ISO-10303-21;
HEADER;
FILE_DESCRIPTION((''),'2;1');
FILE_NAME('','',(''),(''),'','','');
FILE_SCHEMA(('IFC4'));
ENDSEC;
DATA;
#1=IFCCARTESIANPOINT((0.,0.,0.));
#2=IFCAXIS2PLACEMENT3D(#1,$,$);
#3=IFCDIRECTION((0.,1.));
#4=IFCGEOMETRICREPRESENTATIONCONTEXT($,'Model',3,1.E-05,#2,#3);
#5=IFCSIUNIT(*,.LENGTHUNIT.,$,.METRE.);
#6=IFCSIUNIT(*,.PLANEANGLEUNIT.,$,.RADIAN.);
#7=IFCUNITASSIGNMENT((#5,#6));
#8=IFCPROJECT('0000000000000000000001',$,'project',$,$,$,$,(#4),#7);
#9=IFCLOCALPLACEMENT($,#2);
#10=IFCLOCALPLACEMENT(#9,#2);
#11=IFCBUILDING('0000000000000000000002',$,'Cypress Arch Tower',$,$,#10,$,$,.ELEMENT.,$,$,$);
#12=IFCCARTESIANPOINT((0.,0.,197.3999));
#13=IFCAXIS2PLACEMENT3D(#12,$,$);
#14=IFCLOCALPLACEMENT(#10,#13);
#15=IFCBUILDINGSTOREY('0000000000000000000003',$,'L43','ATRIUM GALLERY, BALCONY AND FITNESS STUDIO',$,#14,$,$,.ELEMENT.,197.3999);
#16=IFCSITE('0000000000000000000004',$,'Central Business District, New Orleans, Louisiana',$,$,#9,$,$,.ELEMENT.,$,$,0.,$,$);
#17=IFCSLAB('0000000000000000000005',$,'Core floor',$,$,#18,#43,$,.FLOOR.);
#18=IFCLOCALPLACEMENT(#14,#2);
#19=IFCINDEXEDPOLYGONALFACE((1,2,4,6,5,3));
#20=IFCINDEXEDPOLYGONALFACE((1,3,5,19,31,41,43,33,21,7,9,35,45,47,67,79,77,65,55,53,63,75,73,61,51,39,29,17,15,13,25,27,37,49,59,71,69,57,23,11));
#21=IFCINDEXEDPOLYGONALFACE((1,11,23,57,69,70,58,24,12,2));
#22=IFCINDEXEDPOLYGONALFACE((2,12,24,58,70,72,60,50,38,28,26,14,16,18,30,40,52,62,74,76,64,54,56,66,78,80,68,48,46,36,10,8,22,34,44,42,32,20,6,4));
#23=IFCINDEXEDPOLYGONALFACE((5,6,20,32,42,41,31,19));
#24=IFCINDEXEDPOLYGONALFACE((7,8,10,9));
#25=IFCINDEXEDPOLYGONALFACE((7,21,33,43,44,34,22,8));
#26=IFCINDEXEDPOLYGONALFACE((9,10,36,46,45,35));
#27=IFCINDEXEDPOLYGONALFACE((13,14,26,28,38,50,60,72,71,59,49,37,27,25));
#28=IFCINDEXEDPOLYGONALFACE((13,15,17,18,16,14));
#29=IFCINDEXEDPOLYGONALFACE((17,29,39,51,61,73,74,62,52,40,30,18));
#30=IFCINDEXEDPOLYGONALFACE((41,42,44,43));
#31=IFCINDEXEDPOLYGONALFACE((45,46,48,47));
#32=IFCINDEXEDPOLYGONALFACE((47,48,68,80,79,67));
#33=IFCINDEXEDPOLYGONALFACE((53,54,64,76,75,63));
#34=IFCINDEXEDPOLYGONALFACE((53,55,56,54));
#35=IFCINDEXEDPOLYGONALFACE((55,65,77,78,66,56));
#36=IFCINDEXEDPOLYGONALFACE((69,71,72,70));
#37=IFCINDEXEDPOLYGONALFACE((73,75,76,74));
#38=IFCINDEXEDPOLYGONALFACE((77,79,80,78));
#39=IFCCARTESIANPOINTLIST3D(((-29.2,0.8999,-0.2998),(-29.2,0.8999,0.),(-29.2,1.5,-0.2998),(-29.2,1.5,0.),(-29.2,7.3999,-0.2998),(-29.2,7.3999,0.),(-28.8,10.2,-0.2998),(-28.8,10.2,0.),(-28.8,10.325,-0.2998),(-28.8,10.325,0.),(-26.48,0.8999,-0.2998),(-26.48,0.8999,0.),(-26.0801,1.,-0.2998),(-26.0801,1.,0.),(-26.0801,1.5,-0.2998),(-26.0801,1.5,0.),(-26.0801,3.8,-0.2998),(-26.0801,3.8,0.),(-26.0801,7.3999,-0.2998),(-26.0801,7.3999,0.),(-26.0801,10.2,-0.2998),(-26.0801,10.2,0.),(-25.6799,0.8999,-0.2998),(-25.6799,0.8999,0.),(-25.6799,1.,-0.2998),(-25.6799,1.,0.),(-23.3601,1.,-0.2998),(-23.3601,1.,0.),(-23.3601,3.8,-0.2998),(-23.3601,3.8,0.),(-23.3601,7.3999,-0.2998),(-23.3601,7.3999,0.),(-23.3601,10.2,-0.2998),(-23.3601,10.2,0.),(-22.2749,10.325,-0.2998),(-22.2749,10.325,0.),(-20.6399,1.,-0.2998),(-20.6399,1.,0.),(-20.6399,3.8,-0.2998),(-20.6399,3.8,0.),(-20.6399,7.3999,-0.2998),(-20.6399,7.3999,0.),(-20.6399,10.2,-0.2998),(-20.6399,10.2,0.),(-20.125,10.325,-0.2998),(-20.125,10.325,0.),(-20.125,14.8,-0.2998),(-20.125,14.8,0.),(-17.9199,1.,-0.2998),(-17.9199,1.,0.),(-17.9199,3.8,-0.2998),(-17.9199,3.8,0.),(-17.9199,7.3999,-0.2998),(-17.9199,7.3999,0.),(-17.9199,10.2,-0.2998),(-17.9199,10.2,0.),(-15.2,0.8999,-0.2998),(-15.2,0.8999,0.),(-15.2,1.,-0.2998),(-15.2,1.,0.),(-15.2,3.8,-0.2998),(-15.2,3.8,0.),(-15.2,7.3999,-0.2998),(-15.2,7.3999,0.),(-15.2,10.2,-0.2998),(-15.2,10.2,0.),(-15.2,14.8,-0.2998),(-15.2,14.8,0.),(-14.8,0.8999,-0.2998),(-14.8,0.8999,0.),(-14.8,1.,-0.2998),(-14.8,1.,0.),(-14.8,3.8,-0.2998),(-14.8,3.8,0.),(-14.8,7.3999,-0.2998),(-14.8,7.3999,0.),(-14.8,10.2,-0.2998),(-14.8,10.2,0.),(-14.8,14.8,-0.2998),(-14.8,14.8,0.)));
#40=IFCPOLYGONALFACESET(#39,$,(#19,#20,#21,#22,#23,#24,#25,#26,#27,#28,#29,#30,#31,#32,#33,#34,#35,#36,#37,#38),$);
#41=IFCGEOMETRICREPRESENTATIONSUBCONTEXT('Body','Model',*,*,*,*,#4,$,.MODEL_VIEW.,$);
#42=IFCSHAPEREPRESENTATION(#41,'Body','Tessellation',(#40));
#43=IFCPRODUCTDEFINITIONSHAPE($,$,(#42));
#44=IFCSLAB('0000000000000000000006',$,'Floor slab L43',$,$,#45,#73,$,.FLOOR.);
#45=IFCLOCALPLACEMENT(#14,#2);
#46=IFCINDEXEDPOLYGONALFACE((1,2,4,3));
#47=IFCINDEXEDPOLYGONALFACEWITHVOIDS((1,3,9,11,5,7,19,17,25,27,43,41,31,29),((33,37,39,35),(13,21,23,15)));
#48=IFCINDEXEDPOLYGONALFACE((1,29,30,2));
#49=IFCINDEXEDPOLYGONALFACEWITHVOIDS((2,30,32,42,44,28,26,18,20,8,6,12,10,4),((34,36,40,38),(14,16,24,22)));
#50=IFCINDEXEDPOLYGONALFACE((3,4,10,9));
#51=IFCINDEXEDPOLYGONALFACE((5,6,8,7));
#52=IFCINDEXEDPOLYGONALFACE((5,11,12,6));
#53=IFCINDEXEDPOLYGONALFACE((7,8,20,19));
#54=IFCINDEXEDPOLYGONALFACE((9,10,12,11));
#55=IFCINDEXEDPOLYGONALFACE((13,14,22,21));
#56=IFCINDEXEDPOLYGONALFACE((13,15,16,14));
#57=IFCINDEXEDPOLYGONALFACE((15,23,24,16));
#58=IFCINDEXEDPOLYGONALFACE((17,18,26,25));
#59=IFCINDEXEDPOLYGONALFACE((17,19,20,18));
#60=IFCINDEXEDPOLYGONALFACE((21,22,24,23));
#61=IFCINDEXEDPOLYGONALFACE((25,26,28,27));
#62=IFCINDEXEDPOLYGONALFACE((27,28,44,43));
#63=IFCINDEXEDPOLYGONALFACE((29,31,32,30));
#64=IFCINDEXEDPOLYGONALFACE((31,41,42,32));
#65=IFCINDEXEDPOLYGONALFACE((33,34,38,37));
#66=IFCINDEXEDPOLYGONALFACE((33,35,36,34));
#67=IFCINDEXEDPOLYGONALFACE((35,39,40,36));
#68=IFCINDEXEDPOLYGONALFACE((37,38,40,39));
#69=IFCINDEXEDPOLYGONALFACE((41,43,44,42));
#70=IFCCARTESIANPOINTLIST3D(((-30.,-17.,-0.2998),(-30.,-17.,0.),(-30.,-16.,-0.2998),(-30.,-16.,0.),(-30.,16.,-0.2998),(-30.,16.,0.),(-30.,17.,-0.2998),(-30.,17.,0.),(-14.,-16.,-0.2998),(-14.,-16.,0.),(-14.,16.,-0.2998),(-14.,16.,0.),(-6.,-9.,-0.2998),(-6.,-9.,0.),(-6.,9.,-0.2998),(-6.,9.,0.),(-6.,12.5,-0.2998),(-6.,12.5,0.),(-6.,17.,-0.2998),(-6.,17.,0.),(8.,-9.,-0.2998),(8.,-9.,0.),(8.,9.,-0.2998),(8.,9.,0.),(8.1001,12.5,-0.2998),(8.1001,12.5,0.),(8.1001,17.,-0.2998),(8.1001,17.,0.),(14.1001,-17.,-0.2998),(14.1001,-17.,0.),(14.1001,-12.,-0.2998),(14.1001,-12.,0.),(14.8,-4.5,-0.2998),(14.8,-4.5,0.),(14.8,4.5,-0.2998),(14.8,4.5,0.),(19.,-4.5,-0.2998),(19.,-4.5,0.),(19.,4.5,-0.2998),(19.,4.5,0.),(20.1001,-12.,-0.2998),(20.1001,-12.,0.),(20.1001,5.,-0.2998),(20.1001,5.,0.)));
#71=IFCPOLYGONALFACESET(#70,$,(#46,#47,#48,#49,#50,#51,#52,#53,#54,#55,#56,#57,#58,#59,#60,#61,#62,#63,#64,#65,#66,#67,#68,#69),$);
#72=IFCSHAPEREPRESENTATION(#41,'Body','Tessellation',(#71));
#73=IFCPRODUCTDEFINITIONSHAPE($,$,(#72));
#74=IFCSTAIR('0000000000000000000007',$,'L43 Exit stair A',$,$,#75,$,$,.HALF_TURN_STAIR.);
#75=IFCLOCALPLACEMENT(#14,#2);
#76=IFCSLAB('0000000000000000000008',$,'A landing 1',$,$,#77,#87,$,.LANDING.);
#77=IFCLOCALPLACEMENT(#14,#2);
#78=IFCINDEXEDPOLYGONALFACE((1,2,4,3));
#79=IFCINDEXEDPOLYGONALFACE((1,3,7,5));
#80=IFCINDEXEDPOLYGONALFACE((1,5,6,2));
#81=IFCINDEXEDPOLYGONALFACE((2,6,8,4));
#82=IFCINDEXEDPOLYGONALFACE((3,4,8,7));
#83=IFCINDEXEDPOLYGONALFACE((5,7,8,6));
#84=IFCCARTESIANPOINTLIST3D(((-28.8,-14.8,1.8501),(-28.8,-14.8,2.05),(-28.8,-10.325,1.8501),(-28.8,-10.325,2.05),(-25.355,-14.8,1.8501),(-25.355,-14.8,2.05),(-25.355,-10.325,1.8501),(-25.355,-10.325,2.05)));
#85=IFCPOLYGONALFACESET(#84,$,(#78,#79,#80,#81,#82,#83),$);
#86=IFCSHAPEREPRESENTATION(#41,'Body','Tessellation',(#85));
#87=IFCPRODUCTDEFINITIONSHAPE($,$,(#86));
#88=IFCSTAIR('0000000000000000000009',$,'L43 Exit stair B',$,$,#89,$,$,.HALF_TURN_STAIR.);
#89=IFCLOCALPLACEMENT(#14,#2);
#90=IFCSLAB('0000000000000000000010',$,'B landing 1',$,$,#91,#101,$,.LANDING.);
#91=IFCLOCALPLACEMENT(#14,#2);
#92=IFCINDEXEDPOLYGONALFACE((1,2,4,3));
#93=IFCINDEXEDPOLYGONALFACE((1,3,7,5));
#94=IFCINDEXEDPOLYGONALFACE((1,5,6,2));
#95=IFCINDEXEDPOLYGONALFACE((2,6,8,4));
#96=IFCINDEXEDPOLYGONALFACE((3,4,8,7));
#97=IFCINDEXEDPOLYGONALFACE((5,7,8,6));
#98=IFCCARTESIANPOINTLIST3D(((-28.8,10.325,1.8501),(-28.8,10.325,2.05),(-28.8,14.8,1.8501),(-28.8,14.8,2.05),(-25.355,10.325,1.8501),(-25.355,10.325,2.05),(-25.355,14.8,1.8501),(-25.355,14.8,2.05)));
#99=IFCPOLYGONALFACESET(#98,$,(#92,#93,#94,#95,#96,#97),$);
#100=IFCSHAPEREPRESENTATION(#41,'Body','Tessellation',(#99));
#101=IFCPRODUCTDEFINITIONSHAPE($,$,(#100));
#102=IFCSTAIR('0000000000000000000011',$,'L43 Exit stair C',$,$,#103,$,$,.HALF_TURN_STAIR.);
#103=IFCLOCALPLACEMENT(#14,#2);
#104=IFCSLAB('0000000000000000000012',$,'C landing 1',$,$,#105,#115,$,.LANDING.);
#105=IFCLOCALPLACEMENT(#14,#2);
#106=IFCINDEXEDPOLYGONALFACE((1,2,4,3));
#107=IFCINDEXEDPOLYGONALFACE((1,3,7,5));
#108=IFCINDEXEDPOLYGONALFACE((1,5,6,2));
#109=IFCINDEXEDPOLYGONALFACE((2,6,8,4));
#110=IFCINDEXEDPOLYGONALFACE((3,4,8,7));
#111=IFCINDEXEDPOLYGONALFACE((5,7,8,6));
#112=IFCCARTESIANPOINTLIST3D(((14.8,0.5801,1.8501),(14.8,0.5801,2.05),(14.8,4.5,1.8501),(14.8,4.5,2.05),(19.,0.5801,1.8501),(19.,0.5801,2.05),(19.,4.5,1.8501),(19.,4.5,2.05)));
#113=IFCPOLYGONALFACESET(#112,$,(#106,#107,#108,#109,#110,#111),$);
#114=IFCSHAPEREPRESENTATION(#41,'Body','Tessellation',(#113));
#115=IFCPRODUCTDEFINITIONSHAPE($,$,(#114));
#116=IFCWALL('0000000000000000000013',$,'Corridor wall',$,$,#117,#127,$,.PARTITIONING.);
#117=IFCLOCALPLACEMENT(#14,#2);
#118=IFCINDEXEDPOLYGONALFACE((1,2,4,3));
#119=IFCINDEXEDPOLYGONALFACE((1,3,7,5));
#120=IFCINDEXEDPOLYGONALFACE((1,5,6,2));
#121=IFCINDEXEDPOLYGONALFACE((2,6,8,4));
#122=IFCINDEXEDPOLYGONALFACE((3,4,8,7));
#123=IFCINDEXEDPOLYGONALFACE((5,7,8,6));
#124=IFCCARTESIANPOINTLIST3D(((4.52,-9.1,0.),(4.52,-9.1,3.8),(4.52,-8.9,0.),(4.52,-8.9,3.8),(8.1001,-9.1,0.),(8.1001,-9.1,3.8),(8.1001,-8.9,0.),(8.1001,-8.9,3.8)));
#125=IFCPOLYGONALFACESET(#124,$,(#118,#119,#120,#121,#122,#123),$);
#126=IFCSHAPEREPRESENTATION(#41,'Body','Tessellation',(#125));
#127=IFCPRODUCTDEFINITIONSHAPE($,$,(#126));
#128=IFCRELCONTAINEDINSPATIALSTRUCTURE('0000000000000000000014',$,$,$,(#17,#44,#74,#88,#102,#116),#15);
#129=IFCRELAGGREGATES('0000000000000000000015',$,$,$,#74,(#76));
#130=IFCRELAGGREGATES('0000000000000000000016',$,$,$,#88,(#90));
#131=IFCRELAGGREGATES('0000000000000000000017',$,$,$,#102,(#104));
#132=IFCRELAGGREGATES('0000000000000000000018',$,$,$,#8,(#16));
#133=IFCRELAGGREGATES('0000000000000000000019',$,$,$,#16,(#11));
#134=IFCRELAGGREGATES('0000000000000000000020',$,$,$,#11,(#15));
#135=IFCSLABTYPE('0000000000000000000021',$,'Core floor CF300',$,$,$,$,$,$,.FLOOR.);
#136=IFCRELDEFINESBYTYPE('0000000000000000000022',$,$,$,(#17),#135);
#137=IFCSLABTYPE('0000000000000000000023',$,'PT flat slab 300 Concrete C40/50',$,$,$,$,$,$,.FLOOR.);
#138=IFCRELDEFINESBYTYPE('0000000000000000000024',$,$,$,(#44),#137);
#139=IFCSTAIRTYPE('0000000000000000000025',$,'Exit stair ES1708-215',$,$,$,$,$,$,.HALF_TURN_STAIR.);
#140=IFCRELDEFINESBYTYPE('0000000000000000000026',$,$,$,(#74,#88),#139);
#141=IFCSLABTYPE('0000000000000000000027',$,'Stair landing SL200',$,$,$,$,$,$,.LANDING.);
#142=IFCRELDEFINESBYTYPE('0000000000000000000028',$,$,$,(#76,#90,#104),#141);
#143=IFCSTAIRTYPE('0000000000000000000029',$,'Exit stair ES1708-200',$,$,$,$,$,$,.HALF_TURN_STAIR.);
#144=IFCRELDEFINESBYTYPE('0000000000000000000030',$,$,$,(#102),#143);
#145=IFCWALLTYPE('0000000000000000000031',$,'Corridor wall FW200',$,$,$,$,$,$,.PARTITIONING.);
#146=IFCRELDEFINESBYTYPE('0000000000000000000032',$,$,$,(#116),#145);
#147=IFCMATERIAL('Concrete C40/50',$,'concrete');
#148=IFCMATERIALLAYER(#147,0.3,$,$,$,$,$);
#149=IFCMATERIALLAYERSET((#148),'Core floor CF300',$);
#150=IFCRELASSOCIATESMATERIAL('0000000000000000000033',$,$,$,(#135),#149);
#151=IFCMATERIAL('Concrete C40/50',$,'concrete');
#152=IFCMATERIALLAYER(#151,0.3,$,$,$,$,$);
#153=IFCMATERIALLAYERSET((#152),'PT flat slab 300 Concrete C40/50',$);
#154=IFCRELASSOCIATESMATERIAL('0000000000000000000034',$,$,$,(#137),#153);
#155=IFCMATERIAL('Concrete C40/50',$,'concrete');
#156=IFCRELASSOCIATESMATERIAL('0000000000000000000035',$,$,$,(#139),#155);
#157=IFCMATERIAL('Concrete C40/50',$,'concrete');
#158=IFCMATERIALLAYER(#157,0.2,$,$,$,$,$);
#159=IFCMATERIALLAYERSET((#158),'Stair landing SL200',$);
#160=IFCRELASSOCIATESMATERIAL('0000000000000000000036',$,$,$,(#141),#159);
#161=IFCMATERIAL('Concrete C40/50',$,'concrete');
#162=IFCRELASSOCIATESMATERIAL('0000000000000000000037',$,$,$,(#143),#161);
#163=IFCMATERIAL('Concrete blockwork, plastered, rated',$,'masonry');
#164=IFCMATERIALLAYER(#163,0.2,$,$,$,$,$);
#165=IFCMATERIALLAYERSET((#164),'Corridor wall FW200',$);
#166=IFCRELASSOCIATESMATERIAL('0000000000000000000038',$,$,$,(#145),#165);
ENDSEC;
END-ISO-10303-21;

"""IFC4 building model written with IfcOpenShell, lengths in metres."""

from ifc_helpers import new_model, si_unit, direction, frame, frame_2d, origin, place, context, subcontext, project, spatial, polyline, rectangle, outline, extrude, material, layer, layer_set, type_object, element, aggregate, save


model = new_model("IFC4")

# Units and contexts
model_context = context("Model", 3, precision=1e-05, world=origin(), true_north=direction((0.0, 1.0)))
body_context = subcontext(model_context, "Body", "Model", "MODEL_VIEW")
ifc_project = project(units=[si_unit("LENGTHUNIT", "METRE"), si_unit("PLANEANGLEUNIT", "RADIAN")], contexts=[model_context])

# Site, building, storey
site_placement = place(None, origin())
site = spatial("IfcSite", under=ifc_project, at=site_placement, Name="Central Business District, New Orleans, Louisiana", CompositionType="ELEMENT", RefElevation=0.0)
building_placement = place(site_placement, origin())
building = spatial("IfcBuilding", under=site, at=building_placement, Name="Cypress Arch Tower", CompositionType="ELEMENT")
storey_placement = place(building_placement, frame((0.0, 0.0, 197.3999)))
storey = spatial("IfcBuildingStorey", under=building, at=storey_placement, Name="L43", Description="ATRIUM GALLERY, BALCONY AND FITNESS STUDIO", CompositionType="ELEMENT", Elevation=197.3999)

# Slabs
ifc_material_1 = material(Name="Concrete C40/50", Category="concrete")
ifc_layer_1 = layer(ifc_material_1, 0.3)
ifc_layer_set_1 = layer_set([ifc_layer_1], Name="Core floor CF300")
slab_type_1 = type_object("IfcSlabType", Name="Core floor CF300", PredefinedType="FLOOR", material=ifc_layer_set_1)
slab_1_placement = place(storey_placement, frame((0.0, 0.0, -0.2998)))
element("IfcSlab", 1, at=slab_1_placement, inside=storey, type_object=slab_type_1, Name="Core floor", PredefinedType="FLOOR", context=body_context, shape_type="SweptSolid", body=[
    extrude(outline(polyline([(-20.6399, 7.3999), (-20.6399, 10.2), (-23.3601, 10.2), (-26.0801, 10.2), (-28.8, 10.2), (-28.8, 10.325), (-22.2749, 10.325), (-20.125, 10.325), (-20.125, 14.8), (-15.2, 14.8), (-14.8, 14.8), (-14.8, 10.2), (-15.2, 10.2), (-17.9199, 10.2), (-17.9199, 7.3999), (-15.2, 7.3999), (-14.8, 7.3999), (-14.8, 3.8), (-15.2, 3.8), (-17.9199, 3.8), (-20.6399, 3.8), (-23.3601, 3.8), (-26.0801, 3.8), (-26.0801, 1.5), (-26.0801, 1.5), (-26.0801, 1.0), (-25.6799, 1.0), (-23.3601, 1.0), (-20.6399, 1.0), (-17.9199, 1.0), (-15.2, 1.0), (-14.8, 1.0), (-14.8, 0.8999), (-15.2, 0.8999), (-25.6799, 0.8999), (-26.48, 0.8999), (-29.2, 0.8999), (-29.2, 1.5), (-29.2, 7.3999), (-26.0801, 7.3999), (-23.3601, 7.3999), (-20.6399, 7.3999)])), origin(), (0.0, 0.0, 1.0), 0.2998),
])
ifc_material_2 = material(Name="Concrete C40/50", Category="concrete")
ifc_layer_2 = layer(ifc_material_2, 0.3)
ifc_layer_set_2 = layer_set([ifc_layer_2], Name="PT flat slab 300 Concrete C40/50")
slab_type_2 = type_object("IfcSlabType", Name="PT flat slab 300 Concrete C40/50", PredefinedType="FLOOR", material=ifc_layer_set_2)
slab_2_placement = place(storey_placement, frame((0.0, 0.0, -0.2998)))
element("IfcSlab", 2, at=slab_2_placement, inside=storey, type_object=slab_type_2, Name="Floor slab L43", PredefinedType="FLOOR", context=body_context, shape_type="SweptSolid", body=[
    extrude(outline(polyline([(-30.0, 17.0), (-6.0, 17.0), (-6.0, 12.5), (8.1001, 12.5), (8.1001, 17.0), (20.1001, 5.0), (20.1001, -12.0), (14.1001, -12.0), (14.1001, -17.0), (-30.0, -17.0), (-30.0, -16.0), (-14.0, -16.0), (-14.0, 16.0), (-30.0, 16.0), (-30.0, 17.0)]), holes=[polyline([(-6.0, -9.0), (8.0, -9.0), (8.0, 9.0), (-6.0, 9.0), (-6.0, -9.0)]), polyline([(14.8, -4.5), (19.0, -4.5), (19.0, 4.5), (14.8, 4.5), (14.8, -4.5)])]), origin(), (0.0, 0.0, 1.0), 0.2998),
])

# Stairs, slabs
ifc_material_3 = material(Name="Concrete C40/50", Category="concrete")
stair_type_1 = type_object("IfcStairType", Name="Exit stair ES1708-215", PredefinedType="HALF_TURN_STAIR", material=ifc_material_3)
stair_1_placement = place(storey_placement, origin())
stair_1 = element("IfcStair", 3, at=stair_1_placement, inside=storey, type_object=stair_type_1, Name="L43 Exit stair A", PredefinedType="HALF_TURN_STAIR")
ifc_material_4 = material(Name="Concrete C40/50", Category="concrete")
ifc_layer_3 = layer(ifc_material_4, 0.2)
ifc_layer_set_3 = layer_set([ifc_layer_3], Name="Stair landing SL200")
slab_type_3 = type_object("IfcSlabType", Name="Stair landing SL200", PredefinedType="LANDING", material=ifc_layer_set_3)
slab_3_placement = place(storey_placement, frame((0.0, 0.0, 1.8501)))
slab_3 = element("IfcSlab", 4, at=slab_3_placement, type_object=slab_type_3, Name="A landing 1", PredefinedType="LANDING", context=body_context, shape_type="SweptSolid", body=[
    extrude(outline(polyline([(-25.355, -10.325), (-28.8, -10.325), (-28.8, -14.8), (-25.355, -14.8), (-25.355, -10.325)])), origin(), (0.0, 0.0, 1.0), 0.2),
])
aggregate(stair_1, [slab_3])
stair_2_placement = place(storey_placement, origin())
stair_2 = element("IfcStair", 5, at=stair_2_placement, inside=storey, type_object=stair_type_1, Name="L43 Exit stair B", PredefinedType="HALF_TURN_STAIR")
slab_4_placement = place(storey_placement, frame((0.0, 0.0, 1.8501)))
slab_4 = element("IfcSlab", 6, at=slab_4_placement, type_object=slab_type_3, Name="B landing 1", PredefinedType="LANDING", context=body_context, shape_type="SweptSolid", body=[
    extrude(outline(polyline([(-25.355, 14.8), (-28.8, 14.8), (-28.8, 10.325), (-25.355, 10.325), (-25.355, 14.8)])), origin(), (0.0, 0.0, 1.0), 0.2),
])
aggregate(stair_2, [slab_4])
ifc_material_5 = material(Name="Concrete C40/50", Category="concrete")
stair_type_2 = type_object("IfcStairType", Name="Exit stair ES1708-200", PredefinedType="HALF_TURN_STAIR", material=ifc_material_5)
stair_3_placement = place(storey_placement, origin())
stair_3 = element("IfcStair", 7, at=stair_3_placement, inside=storey, type_object=stair_type_2, Name="L43 Exit stair C", PredefinedType="HALF_TURN_STAIR")
slab_5_placement = place(storey_placement, frame((0.0, 0.0, 1.8501)))
slab_5 = element("IfcSlab", 8, at=slab_5_placement, type_object=slab_type_3, Name="C landing 1", PredefinedType="LANDING", context=body_context, shape_type="SweptSolid", body=[
    extrude(outline(polyline([(19.0, 0.5801), (19.0, 4.5), (14.8, 4.5), (14.8, 0.5801), (19.0, 0.5801)])), origin(), (0.0, 0.0, 1.0), 0.2),
])
aggregate(stair_3, [slab_5])

# Wall
ifc_material_6 = material(Name="Concrete blockwork, plastered, rated", Category="masonry")
ifc_layer_4 = layer(ifc_material_6, 0.2)
ifc_layer_set_4 = layer_set([ifc_layer_4], Name="Corridor wall FW200")
wall_type = type_object("IfcWallType", Name="Corridor wall FW200", PredefinedType="PARTITIONING", material=ifc_layer_set_4)
wall_placement = place(storey_placement, frame((4.52, -9.0, 0.0), z_axis=(0.0, 0.0, 1.0), x_axis=(1.0, 0.0, 0.0)))
element("IfcWall", 9, at=wall_placement, inside=storey, type_object=wall_type, Name="Corridor wall", PredefinedType="PARTITIONING", context=body_context, shape_type="SweptSolid", body=[
    extrude(rectangle(XDim=3.5801, YDim=0.2, at=frame_2d((1.79, 0.0))), origin(), (0.0, 0.0, 1.0), 3.8),
])

save(model, "model.ifc")
